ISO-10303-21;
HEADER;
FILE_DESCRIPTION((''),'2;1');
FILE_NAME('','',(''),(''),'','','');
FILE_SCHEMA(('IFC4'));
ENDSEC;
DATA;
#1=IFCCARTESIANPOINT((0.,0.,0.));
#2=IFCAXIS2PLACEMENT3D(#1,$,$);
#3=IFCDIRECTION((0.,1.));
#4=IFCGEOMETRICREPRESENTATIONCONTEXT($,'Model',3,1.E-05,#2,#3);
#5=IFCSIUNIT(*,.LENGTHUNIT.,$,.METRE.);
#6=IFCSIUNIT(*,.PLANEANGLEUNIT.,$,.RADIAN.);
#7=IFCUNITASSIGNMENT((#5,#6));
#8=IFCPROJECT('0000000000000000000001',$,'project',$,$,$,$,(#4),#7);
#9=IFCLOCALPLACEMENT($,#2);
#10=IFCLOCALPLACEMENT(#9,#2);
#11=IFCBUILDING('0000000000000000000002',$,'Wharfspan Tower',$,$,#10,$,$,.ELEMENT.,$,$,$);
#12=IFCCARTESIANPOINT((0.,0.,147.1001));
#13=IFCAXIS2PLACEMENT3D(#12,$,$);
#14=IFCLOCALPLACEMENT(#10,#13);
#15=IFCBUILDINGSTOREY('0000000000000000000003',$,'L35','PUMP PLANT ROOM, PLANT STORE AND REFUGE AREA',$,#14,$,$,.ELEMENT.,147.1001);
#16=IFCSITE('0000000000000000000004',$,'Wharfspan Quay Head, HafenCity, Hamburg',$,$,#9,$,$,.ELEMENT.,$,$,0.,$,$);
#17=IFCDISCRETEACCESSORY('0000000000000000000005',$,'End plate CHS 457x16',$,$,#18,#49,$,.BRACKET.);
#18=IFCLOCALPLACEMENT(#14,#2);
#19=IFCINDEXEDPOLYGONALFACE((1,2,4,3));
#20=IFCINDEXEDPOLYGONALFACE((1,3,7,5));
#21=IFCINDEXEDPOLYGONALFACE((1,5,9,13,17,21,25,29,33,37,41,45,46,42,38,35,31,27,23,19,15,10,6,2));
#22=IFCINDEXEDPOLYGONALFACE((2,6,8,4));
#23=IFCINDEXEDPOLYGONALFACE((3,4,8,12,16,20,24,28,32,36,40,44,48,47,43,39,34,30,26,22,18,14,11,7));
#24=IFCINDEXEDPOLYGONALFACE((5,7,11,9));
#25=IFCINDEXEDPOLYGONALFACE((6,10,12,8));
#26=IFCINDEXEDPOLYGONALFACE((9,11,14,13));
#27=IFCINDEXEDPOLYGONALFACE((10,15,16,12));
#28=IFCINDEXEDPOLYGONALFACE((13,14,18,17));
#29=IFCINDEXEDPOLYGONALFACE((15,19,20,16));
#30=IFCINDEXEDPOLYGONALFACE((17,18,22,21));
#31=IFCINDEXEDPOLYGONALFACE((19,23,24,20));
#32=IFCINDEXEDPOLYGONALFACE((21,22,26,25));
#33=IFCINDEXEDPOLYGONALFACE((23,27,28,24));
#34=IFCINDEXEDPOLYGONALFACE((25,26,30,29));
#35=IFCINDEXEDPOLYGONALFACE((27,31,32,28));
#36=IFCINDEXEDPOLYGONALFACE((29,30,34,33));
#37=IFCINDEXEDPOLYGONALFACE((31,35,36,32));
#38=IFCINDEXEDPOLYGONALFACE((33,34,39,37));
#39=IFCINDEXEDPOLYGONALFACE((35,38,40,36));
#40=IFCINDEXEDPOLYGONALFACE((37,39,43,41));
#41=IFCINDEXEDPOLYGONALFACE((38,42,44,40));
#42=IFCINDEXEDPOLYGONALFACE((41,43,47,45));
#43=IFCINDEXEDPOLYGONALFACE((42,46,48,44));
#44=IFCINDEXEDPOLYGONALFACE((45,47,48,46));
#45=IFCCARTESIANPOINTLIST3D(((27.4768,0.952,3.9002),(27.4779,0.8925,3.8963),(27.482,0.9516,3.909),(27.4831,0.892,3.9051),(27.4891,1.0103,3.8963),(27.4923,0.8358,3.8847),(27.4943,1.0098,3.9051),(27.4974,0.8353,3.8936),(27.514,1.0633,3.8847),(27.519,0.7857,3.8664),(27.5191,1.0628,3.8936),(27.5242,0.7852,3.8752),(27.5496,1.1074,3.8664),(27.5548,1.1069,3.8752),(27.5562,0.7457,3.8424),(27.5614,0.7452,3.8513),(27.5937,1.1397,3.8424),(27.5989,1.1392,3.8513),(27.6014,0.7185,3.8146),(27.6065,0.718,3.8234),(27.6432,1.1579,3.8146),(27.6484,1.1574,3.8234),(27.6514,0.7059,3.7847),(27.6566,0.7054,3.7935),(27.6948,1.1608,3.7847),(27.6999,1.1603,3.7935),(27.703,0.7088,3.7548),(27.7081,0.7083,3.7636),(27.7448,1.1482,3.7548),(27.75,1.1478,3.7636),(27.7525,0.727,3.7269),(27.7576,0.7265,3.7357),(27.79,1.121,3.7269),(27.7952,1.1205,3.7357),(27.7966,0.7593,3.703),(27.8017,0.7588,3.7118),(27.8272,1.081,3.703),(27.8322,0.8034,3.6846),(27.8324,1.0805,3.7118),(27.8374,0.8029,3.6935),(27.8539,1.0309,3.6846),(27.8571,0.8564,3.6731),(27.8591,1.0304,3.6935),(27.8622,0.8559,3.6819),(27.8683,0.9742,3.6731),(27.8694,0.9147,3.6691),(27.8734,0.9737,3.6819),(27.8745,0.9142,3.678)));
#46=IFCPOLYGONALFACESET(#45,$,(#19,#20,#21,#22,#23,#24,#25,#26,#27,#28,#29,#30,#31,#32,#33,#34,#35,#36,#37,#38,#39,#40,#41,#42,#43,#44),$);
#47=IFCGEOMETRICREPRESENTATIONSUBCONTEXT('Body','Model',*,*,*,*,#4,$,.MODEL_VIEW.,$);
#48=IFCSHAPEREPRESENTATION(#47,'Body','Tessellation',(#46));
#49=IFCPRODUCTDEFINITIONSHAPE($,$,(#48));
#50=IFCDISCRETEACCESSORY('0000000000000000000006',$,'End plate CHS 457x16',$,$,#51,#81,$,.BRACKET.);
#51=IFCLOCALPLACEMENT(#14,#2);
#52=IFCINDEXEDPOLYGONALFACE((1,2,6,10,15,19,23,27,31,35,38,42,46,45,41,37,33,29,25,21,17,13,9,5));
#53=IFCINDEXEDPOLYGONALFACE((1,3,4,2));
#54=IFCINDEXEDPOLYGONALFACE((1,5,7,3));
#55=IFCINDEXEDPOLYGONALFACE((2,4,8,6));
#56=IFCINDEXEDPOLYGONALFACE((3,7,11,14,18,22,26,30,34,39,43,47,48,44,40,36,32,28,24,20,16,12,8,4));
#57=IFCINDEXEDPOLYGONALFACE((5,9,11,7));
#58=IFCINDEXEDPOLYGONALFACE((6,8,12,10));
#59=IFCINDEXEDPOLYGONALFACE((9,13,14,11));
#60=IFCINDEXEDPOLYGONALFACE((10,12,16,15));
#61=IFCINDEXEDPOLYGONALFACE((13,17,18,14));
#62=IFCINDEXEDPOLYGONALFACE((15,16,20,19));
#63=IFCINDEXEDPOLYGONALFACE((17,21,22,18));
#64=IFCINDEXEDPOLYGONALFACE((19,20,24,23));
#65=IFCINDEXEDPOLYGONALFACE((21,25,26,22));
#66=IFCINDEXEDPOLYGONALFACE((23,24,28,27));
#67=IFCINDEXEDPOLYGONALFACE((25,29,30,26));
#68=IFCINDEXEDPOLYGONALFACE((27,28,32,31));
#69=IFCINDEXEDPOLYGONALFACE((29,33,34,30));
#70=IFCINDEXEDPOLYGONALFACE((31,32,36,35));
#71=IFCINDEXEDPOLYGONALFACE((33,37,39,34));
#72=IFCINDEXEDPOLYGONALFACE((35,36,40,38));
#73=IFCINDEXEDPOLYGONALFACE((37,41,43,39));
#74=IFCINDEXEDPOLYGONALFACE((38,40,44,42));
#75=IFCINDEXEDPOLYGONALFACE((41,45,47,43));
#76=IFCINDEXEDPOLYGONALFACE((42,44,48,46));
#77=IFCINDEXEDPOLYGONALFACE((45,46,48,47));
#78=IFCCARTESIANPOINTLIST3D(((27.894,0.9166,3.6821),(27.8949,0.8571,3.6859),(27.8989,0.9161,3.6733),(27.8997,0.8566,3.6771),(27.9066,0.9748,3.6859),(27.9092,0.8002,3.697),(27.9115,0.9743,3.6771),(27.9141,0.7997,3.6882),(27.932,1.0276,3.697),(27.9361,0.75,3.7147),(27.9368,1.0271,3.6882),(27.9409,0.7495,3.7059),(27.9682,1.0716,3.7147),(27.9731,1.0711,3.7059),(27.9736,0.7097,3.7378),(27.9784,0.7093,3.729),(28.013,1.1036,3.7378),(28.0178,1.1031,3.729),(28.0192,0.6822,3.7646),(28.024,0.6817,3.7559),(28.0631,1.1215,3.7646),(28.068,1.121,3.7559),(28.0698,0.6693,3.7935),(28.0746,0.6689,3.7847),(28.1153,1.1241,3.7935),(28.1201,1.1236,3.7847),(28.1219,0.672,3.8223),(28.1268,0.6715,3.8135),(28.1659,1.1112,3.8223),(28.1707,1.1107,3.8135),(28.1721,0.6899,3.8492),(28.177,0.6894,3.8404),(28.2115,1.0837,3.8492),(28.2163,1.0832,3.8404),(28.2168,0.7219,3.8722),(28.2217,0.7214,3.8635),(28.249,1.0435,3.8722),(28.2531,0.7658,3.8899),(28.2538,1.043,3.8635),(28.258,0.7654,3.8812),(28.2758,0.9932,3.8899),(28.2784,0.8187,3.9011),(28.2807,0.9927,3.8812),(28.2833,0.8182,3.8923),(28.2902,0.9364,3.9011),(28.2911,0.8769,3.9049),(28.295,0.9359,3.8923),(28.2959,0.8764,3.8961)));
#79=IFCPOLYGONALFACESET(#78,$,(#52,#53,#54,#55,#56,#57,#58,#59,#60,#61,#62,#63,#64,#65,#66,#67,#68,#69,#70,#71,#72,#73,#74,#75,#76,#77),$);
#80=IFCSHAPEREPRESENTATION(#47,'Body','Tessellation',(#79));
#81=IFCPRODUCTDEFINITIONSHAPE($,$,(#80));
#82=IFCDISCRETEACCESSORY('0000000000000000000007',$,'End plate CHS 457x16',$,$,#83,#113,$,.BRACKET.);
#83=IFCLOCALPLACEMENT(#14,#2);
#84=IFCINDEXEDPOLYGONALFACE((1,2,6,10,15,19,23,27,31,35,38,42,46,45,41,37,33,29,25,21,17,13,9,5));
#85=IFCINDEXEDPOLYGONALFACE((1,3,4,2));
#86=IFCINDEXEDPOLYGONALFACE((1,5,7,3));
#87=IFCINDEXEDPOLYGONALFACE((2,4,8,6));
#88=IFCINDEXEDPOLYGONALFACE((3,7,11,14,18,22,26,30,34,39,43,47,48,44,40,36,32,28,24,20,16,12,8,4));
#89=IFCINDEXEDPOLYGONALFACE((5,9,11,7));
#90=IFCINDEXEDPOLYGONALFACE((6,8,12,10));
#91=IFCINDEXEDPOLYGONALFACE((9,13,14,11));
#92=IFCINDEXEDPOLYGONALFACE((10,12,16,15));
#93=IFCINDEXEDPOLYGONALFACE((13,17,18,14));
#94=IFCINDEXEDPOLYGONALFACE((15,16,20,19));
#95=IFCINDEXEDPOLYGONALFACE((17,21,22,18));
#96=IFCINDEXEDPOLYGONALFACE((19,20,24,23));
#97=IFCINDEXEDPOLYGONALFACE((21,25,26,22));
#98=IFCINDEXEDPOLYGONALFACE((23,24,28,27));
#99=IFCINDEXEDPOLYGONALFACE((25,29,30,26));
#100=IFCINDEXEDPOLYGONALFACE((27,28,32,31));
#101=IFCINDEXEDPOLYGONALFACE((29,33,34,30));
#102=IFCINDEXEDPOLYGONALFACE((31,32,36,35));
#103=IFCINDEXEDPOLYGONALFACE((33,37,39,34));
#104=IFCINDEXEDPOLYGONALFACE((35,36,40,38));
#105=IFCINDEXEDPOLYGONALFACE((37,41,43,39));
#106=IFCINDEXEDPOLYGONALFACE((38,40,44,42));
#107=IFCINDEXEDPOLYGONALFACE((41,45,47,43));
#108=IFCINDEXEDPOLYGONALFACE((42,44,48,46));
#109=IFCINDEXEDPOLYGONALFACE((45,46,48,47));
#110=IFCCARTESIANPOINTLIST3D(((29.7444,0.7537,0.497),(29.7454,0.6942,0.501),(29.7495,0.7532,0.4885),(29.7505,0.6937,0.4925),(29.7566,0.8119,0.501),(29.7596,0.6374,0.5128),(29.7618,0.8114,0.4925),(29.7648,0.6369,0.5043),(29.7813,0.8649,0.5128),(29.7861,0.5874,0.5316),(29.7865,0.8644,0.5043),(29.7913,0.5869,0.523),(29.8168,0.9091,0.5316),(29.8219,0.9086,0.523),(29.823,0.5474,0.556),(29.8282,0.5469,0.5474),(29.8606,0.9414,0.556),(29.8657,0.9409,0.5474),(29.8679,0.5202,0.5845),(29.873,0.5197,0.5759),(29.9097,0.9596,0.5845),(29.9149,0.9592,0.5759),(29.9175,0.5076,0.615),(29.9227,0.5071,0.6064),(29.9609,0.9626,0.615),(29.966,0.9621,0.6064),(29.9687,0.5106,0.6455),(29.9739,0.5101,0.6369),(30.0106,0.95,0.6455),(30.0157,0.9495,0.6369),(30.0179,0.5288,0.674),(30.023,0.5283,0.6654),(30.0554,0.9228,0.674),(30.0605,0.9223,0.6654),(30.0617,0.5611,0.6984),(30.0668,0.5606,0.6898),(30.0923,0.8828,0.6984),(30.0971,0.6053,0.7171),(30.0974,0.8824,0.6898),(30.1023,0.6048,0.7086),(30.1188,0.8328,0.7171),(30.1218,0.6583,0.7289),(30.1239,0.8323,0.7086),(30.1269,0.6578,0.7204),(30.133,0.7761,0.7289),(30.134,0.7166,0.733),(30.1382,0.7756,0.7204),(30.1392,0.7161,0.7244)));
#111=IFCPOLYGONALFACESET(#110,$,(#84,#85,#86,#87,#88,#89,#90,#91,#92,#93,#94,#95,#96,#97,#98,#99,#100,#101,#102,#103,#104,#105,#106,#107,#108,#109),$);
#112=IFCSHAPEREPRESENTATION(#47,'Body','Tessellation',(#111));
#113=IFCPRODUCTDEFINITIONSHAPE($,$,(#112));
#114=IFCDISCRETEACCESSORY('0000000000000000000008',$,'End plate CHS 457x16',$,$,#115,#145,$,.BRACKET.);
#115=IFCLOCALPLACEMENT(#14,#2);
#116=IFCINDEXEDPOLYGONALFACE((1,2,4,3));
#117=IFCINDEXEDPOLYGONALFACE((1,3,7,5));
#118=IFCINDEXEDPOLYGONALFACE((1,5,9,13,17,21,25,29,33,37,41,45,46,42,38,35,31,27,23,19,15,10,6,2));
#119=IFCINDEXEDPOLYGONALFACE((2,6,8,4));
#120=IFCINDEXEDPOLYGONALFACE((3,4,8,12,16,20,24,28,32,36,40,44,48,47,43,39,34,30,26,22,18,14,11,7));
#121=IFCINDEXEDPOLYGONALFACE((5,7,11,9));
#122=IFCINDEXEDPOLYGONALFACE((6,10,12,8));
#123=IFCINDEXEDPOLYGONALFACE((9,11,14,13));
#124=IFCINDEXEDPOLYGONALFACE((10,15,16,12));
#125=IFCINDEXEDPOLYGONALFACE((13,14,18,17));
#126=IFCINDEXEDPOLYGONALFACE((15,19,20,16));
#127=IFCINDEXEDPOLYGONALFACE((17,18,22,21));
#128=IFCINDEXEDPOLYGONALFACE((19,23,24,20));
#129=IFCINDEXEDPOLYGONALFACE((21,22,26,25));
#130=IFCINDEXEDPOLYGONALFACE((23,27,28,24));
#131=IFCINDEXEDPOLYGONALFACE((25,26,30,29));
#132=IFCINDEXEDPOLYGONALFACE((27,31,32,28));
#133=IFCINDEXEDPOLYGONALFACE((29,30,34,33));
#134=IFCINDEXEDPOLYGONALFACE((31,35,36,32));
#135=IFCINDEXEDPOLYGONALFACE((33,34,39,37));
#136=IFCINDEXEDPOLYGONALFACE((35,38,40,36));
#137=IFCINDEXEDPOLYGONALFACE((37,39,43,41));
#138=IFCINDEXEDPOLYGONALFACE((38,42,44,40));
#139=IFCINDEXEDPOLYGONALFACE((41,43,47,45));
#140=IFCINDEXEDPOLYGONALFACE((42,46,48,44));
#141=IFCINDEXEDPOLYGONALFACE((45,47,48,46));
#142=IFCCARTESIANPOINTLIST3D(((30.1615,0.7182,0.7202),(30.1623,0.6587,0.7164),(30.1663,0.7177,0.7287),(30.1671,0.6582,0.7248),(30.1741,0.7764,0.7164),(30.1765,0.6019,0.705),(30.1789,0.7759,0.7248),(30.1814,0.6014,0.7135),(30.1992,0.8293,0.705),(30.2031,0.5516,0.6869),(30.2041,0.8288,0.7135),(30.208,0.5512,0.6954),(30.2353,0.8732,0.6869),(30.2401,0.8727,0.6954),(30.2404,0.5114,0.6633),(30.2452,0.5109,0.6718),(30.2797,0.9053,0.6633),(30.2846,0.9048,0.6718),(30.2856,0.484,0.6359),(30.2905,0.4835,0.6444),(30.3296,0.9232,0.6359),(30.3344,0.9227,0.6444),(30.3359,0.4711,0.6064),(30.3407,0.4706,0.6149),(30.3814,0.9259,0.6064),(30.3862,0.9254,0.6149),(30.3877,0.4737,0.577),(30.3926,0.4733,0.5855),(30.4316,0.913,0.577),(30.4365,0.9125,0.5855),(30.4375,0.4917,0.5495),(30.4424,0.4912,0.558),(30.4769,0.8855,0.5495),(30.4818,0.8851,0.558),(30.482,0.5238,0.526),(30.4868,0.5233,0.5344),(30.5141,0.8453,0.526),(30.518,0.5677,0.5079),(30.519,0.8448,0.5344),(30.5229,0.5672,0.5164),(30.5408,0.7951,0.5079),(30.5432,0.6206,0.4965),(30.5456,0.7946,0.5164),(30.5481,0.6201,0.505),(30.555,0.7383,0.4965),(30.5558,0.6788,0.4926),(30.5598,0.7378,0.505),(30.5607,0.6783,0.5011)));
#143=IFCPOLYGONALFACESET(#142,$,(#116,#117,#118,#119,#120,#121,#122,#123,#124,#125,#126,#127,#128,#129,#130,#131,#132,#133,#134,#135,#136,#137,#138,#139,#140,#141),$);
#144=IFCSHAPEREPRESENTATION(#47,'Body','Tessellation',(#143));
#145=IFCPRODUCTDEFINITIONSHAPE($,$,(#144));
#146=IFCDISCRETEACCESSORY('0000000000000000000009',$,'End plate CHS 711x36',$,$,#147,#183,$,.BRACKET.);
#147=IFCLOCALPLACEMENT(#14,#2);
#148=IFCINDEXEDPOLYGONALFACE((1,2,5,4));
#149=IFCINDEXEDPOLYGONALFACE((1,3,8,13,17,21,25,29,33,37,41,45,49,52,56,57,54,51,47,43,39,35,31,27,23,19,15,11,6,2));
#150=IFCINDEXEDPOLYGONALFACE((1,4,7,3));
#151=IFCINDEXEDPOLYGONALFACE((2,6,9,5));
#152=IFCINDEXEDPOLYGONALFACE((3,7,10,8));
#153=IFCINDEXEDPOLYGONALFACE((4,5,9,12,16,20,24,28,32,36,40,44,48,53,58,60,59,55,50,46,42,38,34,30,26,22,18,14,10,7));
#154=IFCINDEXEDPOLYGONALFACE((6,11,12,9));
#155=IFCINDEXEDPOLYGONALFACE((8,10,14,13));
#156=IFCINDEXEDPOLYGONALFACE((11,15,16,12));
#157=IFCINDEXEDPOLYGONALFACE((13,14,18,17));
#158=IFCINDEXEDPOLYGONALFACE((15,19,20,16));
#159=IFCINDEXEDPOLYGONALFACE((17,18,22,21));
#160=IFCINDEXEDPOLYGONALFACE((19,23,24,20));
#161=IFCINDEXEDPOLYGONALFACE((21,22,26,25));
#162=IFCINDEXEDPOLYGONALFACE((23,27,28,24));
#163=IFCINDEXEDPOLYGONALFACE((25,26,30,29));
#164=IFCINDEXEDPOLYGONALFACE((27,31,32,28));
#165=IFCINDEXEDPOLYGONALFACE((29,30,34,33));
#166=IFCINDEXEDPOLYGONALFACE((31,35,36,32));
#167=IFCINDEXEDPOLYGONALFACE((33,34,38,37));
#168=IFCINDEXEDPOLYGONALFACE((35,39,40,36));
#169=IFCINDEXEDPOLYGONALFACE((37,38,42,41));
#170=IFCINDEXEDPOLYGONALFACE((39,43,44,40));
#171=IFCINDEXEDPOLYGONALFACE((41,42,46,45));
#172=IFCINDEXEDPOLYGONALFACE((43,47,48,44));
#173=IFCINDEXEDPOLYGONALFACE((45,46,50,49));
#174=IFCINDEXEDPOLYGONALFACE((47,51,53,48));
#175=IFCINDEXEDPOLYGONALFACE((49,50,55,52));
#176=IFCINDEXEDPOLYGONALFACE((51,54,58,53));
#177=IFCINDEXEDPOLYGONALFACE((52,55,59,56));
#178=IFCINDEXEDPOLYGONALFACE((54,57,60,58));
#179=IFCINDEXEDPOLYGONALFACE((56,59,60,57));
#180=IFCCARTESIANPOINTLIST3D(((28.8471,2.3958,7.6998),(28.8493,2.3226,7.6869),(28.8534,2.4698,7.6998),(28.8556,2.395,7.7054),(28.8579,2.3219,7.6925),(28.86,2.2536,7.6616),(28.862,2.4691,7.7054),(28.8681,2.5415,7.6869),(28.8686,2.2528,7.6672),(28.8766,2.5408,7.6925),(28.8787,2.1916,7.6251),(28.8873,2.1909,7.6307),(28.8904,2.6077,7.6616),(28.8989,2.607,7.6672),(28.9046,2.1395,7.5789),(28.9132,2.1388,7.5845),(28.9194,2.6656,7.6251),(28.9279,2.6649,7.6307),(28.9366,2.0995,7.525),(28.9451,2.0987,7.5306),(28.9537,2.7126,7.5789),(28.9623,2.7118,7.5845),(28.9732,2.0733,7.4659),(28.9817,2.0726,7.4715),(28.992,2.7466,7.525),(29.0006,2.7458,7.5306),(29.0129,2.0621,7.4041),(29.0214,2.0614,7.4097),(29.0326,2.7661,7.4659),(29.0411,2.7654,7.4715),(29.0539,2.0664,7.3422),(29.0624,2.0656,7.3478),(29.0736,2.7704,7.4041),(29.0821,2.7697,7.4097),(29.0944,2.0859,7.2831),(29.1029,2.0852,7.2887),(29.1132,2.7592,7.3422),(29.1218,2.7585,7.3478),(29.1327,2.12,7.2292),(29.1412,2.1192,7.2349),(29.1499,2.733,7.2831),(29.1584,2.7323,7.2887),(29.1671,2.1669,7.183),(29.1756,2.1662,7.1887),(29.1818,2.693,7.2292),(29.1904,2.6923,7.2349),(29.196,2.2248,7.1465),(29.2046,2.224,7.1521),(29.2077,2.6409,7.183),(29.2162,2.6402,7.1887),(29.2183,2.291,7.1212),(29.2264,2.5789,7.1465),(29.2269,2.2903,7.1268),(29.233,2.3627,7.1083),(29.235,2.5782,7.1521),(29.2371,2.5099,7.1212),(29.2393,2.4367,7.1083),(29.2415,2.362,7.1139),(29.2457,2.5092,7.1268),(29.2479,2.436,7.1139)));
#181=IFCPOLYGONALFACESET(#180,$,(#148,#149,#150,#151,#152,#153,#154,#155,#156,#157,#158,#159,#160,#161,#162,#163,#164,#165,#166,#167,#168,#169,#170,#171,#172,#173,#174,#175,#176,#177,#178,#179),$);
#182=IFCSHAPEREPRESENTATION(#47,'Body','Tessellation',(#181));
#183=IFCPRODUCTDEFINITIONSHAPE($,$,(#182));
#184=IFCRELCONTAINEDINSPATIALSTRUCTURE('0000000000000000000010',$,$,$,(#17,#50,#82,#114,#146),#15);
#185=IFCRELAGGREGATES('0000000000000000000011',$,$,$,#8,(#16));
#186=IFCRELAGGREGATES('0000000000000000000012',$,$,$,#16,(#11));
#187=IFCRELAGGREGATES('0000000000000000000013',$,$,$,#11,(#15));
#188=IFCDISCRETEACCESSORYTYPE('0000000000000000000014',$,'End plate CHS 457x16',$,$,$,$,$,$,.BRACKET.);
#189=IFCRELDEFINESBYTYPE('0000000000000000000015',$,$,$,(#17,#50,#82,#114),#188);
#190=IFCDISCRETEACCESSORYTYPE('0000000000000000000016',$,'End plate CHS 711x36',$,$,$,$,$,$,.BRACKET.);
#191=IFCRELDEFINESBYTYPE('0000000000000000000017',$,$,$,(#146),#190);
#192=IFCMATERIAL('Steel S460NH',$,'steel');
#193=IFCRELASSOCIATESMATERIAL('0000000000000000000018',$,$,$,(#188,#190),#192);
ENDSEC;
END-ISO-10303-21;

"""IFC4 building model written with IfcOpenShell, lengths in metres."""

from ifc_helpers import new_model, si_unit, direction, frame, origin, origin_2d, place, context, subcontext, project, spatial, circle, extrude, material, material_profile, profile_set, type_object, element, save


model = new_model("IFC4")

# Units and contexts
model_context = context("Model", 3, precision=1e-05, world=origin(), true_north=direction((0.0, 1.0)))
body_context = subcontext(model_context, "Body", "Model", "MODEL_VIEW")
ifc_project = project(units=[si_unit("LENGTHUNIT", "METRE"), si_unit("PLANEANGLEUNIT", "RADIAN")], contexts=[model_context])

# Site, building, storey
site_placement = place(None, origin())
site = spatial("IfcSite", under=ifc_project, at=site_placement, Name="Wharfspan Quay Head, HafenCity, Hamburg", CompositionType="ELEMENT", RefElevation=0.0)
building_placement = place(site_placement, origin())
building = spatial("IfcBuilding", under=site, at=building_placement, Name="Wharfspan Tower", CompositionType="ELEMENT")
storey_placement = place(building_placement, frame((0.0, 0.0, 147.1001)))
storey = spatial("IfcBuildingStorey", under=building, at=storey_placement, Name="L35", Description="PUMP PLANT ROOM, PLANT STORE AND REFUGE AREA", CompositionType="ELEMENT", Elevation=147.1001)

# Shared definitions
ifc_material_1 = material(Name="Steel S460NH", Category="steel")

# Discrete accessories
ifc_material_profile_1 = material_profile(ifc_material_1, circle(Radius=0.2285, at=origin_2d()))
ifc_profile_set_1 = profile_set([ifc_material_profile_1], Name="Steel S460NH")
discrete_accessory_type_1 = type_object("IfcDiscreteAccessoryType", Name="End plate CHS 457x16", PredefinedType="BRACKET", material=ifc_profile_set_1)
discrete_accessory_1_placement = place(storey_placement, frame((27.6731, 0.9334, 3.7847), z_axis=(0.503292, -0.047933, 0.862786), x_axis=(0.09481, 0.995496, 0.0)))
element("IfcDiscreteAccessory", 1, at=discrete_accessory_1_placement, inside=storey, type_object=discrete_accessory_type_1, Name="End plate CHS 457x16", PredefinedType="BRACKET", context=body_context, shape_type="SweptSolid", body=[
    extrude(circle(Radius=0.2285, at=origin_2d()), origin(), (0.0, 0.0, 1.0), 0.0103),
])
for number, where, z_axis, x_axis, name in (
    (2, (28.0925, 0.8967, 3.7935), (0.485071, -0.048507, -0.873128), (0.099505, 0.995034, 0.000001), "End plate CHS 457x16"),
    (3, (29.9392, 0.7351, 0.615), (0.513879, -0.048941, -0.856465), (0.094811, 0.995495, 0.000001), "End plate CHS 457x16"),
):
    element("IfcDiscreteAccessory", number, at=place(storey_placement, frame(where, z_axis=z_axis, x_axis=x_axis)), inside=storey, type_object=discrete_accessory_type_1, Name=name, PredefinedType="BRACKET", context=body_context, shape_type="SweptSolid", body=[
        extrude(circle(Radius=0.2285, at=origin_2d()), origin(), (0.0, 0.0, 1.0), 0.01),
    ])
discrete_accessory_2_placement = place(storey_placement, frame((30.3586, 0.6985, 0.6064), z_axis=(0.495529, -0.049553, 0.867177), x_axis=(0.099504, 0.995038, 0.0)))
element("IfcDiscreteAccessory", 4, at=discrete_accessory_2_placement, inside=storey, type_object=discrete_accessory_type_1, Name="End plate CHS 457x16", PredefinedType="BRACKET", context=body_context, shape_type="SweptSolid", body=[
    extrude(circle(Radius=0.2285, at=origin_2d()), origin(), (0.0, 0.0, 1.0), 0.0098),
])
ifc_material_profile_2 = material_profile(ifc_material_1, circle(Radius=0.3555, at=origin_2d()))
ifc_profile_set_2 = profile_set([ifc_material_profile_2], Name="Steel S460NH")
discrete_accessory_type_2 = type_object("IfcDiscreteAccessoryType", Name="End plate CHS 711x36", PredefinedType="BRACKET", material=ifc_profile_set_2)
discrete_accessory_3_placement = place(storey_placement, frame((29.0432, 2.4163, 7.4041), z_axis=(0.83357, -0.071449, 0.547774), x_axis=(0.085401, 0.996343, 0.0)))
element("IfcDiscreteAccessory", 5, at=discrete_accessory_3_placement, inside=storey, type_object=discrete_accessory_type_2, Name="End plate CHS 711x36", PredefinedType="BRACKET", context=body_context, shape_type="SweptSolid", body=[
    extrude(circle(Radius=0.3555, at=origin_2d()), origin(), (0.0, 0.0, 1.0), 0.0103),
])

save(model, "model.ifc")
